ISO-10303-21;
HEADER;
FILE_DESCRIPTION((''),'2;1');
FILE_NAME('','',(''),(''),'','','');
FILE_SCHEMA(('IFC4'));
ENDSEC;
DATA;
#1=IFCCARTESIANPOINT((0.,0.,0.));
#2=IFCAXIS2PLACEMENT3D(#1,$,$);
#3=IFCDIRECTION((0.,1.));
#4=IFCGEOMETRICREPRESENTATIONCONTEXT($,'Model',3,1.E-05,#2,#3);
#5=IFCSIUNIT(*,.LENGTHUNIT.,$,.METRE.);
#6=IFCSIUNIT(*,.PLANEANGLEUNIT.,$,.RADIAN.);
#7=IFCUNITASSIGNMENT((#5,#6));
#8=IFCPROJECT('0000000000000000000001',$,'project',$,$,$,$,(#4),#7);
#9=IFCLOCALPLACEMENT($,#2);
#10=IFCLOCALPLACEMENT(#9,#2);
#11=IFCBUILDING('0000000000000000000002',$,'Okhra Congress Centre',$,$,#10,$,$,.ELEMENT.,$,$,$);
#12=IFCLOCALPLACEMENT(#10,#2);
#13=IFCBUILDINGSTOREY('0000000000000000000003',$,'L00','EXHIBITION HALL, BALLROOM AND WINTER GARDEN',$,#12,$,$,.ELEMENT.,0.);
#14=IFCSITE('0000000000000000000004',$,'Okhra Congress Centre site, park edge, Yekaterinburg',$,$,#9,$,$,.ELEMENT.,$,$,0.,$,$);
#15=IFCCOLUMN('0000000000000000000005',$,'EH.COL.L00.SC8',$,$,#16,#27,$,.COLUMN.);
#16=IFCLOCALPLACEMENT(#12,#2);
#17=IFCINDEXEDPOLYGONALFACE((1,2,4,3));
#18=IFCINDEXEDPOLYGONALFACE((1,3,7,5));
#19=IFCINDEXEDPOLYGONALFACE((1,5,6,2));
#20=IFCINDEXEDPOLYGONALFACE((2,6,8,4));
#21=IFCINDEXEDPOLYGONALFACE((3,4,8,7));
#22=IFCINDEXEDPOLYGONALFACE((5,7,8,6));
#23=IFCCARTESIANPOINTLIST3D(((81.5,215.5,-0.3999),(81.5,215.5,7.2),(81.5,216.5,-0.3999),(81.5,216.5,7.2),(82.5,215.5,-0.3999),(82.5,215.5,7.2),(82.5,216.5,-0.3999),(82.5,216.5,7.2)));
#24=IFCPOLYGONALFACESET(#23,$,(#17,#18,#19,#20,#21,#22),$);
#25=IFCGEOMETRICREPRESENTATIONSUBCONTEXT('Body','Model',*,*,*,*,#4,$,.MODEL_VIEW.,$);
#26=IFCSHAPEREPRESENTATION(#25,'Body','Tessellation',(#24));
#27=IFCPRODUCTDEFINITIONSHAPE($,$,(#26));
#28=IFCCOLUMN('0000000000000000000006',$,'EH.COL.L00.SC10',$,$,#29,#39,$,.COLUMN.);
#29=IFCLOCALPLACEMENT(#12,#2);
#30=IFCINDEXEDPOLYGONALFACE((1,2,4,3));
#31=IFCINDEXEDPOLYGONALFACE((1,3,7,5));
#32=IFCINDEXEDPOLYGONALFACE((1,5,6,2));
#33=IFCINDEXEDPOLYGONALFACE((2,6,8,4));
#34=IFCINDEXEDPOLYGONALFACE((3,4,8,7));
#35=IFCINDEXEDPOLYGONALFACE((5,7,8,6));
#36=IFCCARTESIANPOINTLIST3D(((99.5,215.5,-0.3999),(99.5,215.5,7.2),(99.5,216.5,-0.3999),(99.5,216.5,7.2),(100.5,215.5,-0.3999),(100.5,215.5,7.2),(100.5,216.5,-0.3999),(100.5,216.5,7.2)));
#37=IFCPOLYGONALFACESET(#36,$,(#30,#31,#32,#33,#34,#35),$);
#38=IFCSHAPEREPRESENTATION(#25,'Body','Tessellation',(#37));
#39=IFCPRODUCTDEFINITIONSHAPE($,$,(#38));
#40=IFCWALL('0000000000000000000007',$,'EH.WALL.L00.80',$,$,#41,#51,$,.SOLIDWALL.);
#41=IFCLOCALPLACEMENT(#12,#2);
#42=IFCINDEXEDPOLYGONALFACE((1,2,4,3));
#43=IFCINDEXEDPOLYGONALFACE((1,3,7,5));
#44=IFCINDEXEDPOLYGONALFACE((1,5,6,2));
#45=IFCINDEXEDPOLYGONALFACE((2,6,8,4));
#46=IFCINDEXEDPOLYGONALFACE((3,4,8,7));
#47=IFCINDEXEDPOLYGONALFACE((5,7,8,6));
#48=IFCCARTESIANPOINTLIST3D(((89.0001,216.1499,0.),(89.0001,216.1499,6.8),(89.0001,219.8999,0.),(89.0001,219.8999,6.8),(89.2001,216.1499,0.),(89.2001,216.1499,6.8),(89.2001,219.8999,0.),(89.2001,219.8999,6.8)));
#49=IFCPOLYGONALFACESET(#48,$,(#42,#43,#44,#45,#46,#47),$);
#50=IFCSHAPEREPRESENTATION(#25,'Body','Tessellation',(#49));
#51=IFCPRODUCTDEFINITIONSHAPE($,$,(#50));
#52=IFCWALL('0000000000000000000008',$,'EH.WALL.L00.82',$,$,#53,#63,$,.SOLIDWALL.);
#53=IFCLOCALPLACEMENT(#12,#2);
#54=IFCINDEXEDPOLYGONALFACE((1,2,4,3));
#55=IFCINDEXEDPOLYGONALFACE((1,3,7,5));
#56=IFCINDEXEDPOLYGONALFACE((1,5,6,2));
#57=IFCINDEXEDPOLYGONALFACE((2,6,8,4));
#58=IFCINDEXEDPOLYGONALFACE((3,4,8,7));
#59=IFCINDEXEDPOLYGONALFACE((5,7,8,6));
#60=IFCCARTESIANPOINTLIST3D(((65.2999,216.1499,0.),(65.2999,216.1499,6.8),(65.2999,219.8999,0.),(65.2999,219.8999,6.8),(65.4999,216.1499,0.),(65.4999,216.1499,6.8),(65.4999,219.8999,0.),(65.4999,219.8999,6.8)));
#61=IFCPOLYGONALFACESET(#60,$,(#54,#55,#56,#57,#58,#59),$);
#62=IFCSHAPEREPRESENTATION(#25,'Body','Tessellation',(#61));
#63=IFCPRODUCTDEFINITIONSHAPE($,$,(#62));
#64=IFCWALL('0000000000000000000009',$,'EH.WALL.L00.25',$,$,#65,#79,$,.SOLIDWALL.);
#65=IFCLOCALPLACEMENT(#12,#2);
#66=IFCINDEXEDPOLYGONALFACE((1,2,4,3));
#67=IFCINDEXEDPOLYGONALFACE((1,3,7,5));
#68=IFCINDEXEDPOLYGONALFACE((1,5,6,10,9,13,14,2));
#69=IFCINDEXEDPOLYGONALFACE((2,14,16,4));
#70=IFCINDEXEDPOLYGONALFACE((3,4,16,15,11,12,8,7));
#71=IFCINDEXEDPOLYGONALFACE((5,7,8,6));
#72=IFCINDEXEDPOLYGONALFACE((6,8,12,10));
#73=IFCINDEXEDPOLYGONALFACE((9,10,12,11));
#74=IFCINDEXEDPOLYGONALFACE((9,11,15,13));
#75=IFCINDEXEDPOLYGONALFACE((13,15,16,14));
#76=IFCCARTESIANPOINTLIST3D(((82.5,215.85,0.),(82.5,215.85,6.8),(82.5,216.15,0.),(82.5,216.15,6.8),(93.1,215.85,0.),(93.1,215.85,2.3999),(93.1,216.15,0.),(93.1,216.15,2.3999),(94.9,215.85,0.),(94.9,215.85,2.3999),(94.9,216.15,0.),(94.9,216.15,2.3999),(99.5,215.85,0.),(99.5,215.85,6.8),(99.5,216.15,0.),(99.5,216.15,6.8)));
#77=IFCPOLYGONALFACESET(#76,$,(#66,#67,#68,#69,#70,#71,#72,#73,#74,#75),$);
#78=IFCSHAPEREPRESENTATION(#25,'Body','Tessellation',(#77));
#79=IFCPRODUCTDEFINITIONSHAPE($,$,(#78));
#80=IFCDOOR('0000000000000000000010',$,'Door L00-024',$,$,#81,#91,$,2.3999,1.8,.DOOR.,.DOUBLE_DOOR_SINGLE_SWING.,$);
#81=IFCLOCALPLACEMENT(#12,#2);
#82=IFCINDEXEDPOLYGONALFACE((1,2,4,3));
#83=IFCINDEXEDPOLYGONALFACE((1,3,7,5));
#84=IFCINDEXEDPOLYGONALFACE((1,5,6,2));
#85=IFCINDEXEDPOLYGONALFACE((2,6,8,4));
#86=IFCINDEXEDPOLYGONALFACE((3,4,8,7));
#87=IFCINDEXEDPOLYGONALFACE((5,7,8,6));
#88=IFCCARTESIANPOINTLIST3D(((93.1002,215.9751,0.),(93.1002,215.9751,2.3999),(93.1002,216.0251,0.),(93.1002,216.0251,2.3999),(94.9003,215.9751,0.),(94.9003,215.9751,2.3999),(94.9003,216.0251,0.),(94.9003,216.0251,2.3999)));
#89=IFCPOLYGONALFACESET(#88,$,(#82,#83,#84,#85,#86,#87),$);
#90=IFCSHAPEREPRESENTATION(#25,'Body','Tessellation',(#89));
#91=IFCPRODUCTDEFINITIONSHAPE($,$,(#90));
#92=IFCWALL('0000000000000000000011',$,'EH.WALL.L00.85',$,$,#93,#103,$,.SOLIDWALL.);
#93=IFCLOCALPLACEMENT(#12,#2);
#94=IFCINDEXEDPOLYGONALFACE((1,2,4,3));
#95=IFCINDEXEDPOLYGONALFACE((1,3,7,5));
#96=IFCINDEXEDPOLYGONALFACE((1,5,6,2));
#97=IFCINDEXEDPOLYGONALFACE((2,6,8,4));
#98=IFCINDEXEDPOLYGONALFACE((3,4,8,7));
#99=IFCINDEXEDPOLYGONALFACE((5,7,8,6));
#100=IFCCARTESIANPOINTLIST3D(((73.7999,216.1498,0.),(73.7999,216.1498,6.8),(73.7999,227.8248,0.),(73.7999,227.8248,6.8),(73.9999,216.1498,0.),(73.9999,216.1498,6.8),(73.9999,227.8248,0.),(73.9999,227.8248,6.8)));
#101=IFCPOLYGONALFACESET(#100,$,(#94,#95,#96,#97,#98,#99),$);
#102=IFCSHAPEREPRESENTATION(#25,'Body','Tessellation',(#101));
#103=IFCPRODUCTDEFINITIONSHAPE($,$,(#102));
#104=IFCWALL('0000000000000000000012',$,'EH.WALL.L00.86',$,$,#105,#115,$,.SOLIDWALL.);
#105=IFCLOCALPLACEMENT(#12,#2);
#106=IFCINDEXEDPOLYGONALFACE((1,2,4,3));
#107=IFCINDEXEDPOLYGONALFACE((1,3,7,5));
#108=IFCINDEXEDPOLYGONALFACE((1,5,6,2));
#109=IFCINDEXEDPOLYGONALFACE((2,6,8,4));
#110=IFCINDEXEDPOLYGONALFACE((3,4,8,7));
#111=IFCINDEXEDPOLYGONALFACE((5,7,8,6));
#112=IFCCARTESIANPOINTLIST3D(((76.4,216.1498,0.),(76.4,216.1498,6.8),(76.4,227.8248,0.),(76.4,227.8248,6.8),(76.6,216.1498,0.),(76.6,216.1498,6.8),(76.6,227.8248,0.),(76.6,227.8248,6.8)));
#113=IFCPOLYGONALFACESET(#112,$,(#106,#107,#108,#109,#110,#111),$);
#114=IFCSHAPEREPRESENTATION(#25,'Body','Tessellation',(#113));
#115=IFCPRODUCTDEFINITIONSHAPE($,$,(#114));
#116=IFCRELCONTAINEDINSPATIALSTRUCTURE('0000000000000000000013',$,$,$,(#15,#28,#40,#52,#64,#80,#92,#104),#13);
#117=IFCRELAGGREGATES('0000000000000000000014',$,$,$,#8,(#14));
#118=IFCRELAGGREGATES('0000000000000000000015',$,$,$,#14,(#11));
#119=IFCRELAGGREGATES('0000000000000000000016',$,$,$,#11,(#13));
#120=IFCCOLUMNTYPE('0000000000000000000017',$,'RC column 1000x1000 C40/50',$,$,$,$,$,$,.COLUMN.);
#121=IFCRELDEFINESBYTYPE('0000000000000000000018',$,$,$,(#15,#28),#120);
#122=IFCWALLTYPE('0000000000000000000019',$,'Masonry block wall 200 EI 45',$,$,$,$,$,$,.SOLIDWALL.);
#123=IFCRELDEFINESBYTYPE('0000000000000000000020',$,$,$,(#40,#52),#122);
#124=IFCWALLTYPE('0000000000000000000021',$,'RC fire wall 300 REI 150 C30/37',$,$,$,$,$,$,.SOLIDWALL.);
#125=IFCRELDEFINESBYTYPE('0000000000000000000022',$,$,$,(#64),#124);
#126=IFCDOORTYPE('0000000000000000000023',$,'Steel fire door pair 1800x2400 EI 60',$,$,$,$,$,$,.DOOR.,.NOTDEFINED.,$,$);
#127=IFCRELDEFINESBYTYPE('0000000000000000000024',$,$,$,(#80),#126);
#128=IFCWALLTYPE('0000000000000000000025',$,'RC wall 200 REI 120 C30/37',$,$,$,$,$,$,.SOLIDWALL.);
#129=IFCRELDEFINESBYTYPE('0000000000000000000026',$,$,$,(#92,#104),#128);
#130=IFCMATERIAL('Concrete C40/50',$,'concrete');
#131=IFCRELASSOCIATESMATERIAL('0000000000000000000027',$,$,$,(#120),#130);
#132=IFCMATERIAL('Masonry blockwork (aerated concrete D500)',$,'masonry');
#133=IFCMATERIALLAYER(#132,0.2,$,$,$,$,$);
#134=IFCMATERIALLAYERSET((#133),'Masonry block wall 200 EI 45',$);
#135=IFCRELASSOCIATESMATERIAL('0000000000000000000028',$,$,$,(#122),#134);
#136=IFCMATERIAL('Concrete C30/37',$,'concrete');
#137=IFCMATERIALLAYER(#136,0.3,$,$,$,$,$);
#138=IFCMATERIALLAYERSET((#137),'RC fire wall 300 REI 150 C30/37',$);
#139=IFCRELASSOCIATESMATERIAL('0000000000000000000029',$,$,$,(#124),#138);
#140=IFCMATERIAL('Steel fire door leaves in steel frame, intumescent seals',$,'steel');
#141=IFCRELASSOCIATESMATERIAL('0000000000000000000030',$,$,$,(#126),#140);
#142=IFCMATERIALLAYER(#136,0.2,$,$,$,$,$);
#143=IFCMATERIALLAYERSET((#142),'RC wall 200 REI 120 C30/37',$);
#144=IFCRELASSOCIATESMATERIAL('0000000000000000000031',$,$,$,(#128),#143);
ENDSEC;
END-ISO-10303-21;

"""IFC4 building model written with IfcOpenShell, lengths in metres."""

from ifc_helpers import new_model, si_unit, direction, frame, frame_2d, origin, origin_2d, place, context, subcontext, project, spatial, rectangle, extrude, material, layer, layer_set, material_profile, profile_set, type_object, element, fill, save


model = new_model("IFC4")

# Units and contexts
model_context = context("Model", 3, precision=1e-05, world=origin(), true_north=direction((0.0, 1.0)))
body_context = subcontext(model_context, "Body", "Model", "MODEL_VIEW")
ifc_project = project(units=[si_unit("LENGTHUNIT", "METRE"), si_unit("PLANEANGLEUNIT", "RADIAN")], contexts=[model_context])

# Site, building, storey
site_placement = place(None, origin())
site = spatial("IfcSite", under=ifc_project, at=site_placement, Name="Okhra Congress Centre site, park edge, Yekaterinburg", CompositionType="ELEMENT", RefElevation=0.0)
building_placement = place(site_placement, origin())
building = spatial("IfcBuilding", under=site, at=building_placement, Name="Okhra Congress Centre", CompositionType="ELEMENT")
storey_placement = place(building_placement, origin())
storey = spatial("IfcBuildingStorey", under=building, at=storey_placement, Name="L00", Description="EXHIBITION HALL, BALLROOM AND WINTER GARDEN", CompositionType="ELEMENT", Elevation=0.0)

# Shared definitions
ifc_material_1 = material(Name="Concrete C30/37", Category="concrete")

# Columns
ifc_material_2 = material(Name="Concrete C40/50", Category="concrete")
ifc_material_profile_1 = material_profile(ifc_material_2, rectangle(XDim=1.0, YDim=1.0, at=origin_2d()), Name="RC 1000x1000")
ifc_profile_set_1 = profile_set([ifc_material_profile_1], Name="Concrete C40/50")
column_type = type_object("IfcColumnType", Name="RC column 1000x1000 C40/50", PredefinedType="COLUMN", material=ifc_profile_set_1)
for number, where, z_axis, x_axis, name in (
    (1, (82.0, 216.0, -0.3999), (0.0, 0.0, 1.0), (1.0, 0.0, 0.0), "EH.COL.L00.SC8"),
    (2, (100.0, 216.0, -0.3999), (0.0, 0.0, 1.0), (1.0, 0.0, 0.0), "EH.COL.L00.SC10"),
):
    element("IfcColumn", number, at=place(storey_placement, frame(where, z_axis=z_axis, x_axis=x_axis)), inside=storey, type_object=column_type, Name=name, PredefinedType="COLUMN", context=body_context, shape_type="SweptSolid", body=[
        extrude(rectangle(XDim=1.0, YDim=1.0, at=origin_2d()), origin(), (0.0, 0.0, 1.0), 7.5999),
    ])

# Walls
ifc_material_3 = material(Name="Masonry blockwork (aerated concrete D500)", Category="masonry")
ifc_layer_1 = layer(ifc_material_3, 0.2)
ifc_layer_set_1 = layer_set([ifc_layer_1], Name="Masonry block wall 200 EI 45")
wall_type_1 = type_object("IfcWallType", Name="Masonry block wall 200 EI 45", PredefinedType="SOLIDWALL", material=ifc_layer_set_1)
for number, where, z_axis, x_axis, name in (
    (3, (89.1001, 216.1499, 0.0), (0.0, 0.0, 1.0), (0.0, 1.0, 0.0), "EH.WALL.L00.80"),
    (4, (65.3999, 216.1499, 0.0), (0.0, 0.0, 1.0), (0.0, 1.0, 0.0), "EH.WALL.L00.82"),
):
    element("IfcWall", number, at=place(storey_placement, frame(where, z_axis=z_axis, x_axis=x_axis)), inside=storey, type_object=wall_type_1, Name=name, PredefinedType="SOLIDWALL", context=body_context, shape_type="SweptSolid", body=[
        extrude(rectangle(XDim=3.75, YDim=0.2, at=frame_2d((1.875, 0.0))), origin(), (0.0, 0.0, 1.0), 6.8),
    ])

# Shared definitions
ifc_layer_2 = layer(ifc_material_1, 0.3)
ifc_layer_set_2 = layer_set([ifc_layer_2], Name="RC fire wall 300 REI 150 C30/37")
wall_type_2 = type_object("IfcWallType", Name="RC fire wall 300 REI 150 C30/37", PredefinedType="SOLIDWALL", material=ifc_layer_set_2)
ifc_material_4 = material(Name="Steel fire door leaves in steel frame, intumescent seals", Category="steel")
door_type_1 = type_object("IfcDoorType", Name="Steel fire door pair 1800x2400 EI 60", OperationType="NOTDEFINED", PredefinedType="DOOR", material=ifc_material_4)

# Wall, opening, door
wall_1_placement = place(storey_placement, frame((82.5, 216.0, 0.0), z_axis=(0.0, 0.0, 1.0), x_axis=(1.0, 0.0, 0.0)))
wall_1 = element("IfcWall", 5, at=wall_1_placement, inside=storey, type_object=wall_type_2, Name="EH.WALL.L00.25", PredefinedType="SOLIDWALL", context=body_context, shape_type="SweptSolid", body=[
    extrude(rectangle(XDim=17.0, YDim=0.3, at=frame_2d((8.5, 0.0))), origin(), (0.0, 0.0, 1.0), 6.8),
])
opening_1_placement = place(wall_1_placement, frame((10.6001, 0.0, 0.0)))
opening_1 = element("IfcOpeningElement", 6, at=opening_1_placement, cuts=wall_1, PredefinedType="OPENING", context=body_context, shape_type="SweptSolid", body=[
    extrude(rectangle(XDim=1.8, YDim=2.3999, at=frame_2d((0.8999, 1.2))), frame((0.0, 0.1599, 0.0), z_axis=(0.0, -1.0, 0.0), x_axis=(1.0, 0.0, 0.0)), (0.0, 0.0, 1.0), 0.3201),
])
door_1_placement = place(opening_1_placement, frame((1.8, 0.0, 0.0), z_axis=(0.0, 0.0, 1.0), x_axis=(-1.0, 0.0, 0.0)))
door_1 = element("IfcDoor", 7, at=door_1_placement, inside=storey, type_object=door_type_1, Name="Door L00-024", OperationType="DOUBLE_DOOR_SINGLE_SWING", OverallHeight=2.3999, OverallWidth=1.8, PredefinedType="DOOR", context=body_context, shape_type="SweptSolid", body=[
    extrude(rectangle(XDim=1.8, YDim=2.3999, at=frame_2d((0.8999, 1.2))), frame((0.0, 0.0249, 0.0), z_axis=(0.0, -1.0, 0.0), x_axis=(1.0, 0.0, 0.0)), (0.0, 0.0, 1.0), 0.05),
])
fill(opening_1, door_1)

# Walls
ifc_layer_3 = layer(ifc_material_1, 0.2)
ifc_layer_set_3 = layer_set([ifc_layer_3], Name="RC wall 200 REI 120 C30/37")
wall_type_3 = type_object("IfcWallType", Name="RC wall 200 REI 120 C30/37", PredefinedType="SOLIDWALL", material=ifc_layer_set_3)
for number, where, z_axis, x_axis, name in (
    (8, (73.8999, 216.1499, 0.0), (0.0, 0.0, 1.0), (0.0, 1.0, 0.0), "EH.WALL.L00.85"),
    (9, (76.5, 216.1499, 0.0), (0.0, 0.0, 1.0), (0.0, 1.0, 0.0), "EH.WALL.L00.86"),
):
    element("IfcWall", number, at=place(storey_placement, frame(where, z_axis=z_axis, x_axis=x_axis)), inside=storey, type_object=wall_type_3, Name=name, PredefinedType="SOLIDWALL", context=body_context, shape_type="SweptSolid", body=[
        extrude(rectangle(XDim=11.675, YDim=0.2, at=frame_2d((5.8374, 0.0))), origin(), (0.0, 0.0, 1.0), 6.8),
    ])

save(model, "model.ifc")
